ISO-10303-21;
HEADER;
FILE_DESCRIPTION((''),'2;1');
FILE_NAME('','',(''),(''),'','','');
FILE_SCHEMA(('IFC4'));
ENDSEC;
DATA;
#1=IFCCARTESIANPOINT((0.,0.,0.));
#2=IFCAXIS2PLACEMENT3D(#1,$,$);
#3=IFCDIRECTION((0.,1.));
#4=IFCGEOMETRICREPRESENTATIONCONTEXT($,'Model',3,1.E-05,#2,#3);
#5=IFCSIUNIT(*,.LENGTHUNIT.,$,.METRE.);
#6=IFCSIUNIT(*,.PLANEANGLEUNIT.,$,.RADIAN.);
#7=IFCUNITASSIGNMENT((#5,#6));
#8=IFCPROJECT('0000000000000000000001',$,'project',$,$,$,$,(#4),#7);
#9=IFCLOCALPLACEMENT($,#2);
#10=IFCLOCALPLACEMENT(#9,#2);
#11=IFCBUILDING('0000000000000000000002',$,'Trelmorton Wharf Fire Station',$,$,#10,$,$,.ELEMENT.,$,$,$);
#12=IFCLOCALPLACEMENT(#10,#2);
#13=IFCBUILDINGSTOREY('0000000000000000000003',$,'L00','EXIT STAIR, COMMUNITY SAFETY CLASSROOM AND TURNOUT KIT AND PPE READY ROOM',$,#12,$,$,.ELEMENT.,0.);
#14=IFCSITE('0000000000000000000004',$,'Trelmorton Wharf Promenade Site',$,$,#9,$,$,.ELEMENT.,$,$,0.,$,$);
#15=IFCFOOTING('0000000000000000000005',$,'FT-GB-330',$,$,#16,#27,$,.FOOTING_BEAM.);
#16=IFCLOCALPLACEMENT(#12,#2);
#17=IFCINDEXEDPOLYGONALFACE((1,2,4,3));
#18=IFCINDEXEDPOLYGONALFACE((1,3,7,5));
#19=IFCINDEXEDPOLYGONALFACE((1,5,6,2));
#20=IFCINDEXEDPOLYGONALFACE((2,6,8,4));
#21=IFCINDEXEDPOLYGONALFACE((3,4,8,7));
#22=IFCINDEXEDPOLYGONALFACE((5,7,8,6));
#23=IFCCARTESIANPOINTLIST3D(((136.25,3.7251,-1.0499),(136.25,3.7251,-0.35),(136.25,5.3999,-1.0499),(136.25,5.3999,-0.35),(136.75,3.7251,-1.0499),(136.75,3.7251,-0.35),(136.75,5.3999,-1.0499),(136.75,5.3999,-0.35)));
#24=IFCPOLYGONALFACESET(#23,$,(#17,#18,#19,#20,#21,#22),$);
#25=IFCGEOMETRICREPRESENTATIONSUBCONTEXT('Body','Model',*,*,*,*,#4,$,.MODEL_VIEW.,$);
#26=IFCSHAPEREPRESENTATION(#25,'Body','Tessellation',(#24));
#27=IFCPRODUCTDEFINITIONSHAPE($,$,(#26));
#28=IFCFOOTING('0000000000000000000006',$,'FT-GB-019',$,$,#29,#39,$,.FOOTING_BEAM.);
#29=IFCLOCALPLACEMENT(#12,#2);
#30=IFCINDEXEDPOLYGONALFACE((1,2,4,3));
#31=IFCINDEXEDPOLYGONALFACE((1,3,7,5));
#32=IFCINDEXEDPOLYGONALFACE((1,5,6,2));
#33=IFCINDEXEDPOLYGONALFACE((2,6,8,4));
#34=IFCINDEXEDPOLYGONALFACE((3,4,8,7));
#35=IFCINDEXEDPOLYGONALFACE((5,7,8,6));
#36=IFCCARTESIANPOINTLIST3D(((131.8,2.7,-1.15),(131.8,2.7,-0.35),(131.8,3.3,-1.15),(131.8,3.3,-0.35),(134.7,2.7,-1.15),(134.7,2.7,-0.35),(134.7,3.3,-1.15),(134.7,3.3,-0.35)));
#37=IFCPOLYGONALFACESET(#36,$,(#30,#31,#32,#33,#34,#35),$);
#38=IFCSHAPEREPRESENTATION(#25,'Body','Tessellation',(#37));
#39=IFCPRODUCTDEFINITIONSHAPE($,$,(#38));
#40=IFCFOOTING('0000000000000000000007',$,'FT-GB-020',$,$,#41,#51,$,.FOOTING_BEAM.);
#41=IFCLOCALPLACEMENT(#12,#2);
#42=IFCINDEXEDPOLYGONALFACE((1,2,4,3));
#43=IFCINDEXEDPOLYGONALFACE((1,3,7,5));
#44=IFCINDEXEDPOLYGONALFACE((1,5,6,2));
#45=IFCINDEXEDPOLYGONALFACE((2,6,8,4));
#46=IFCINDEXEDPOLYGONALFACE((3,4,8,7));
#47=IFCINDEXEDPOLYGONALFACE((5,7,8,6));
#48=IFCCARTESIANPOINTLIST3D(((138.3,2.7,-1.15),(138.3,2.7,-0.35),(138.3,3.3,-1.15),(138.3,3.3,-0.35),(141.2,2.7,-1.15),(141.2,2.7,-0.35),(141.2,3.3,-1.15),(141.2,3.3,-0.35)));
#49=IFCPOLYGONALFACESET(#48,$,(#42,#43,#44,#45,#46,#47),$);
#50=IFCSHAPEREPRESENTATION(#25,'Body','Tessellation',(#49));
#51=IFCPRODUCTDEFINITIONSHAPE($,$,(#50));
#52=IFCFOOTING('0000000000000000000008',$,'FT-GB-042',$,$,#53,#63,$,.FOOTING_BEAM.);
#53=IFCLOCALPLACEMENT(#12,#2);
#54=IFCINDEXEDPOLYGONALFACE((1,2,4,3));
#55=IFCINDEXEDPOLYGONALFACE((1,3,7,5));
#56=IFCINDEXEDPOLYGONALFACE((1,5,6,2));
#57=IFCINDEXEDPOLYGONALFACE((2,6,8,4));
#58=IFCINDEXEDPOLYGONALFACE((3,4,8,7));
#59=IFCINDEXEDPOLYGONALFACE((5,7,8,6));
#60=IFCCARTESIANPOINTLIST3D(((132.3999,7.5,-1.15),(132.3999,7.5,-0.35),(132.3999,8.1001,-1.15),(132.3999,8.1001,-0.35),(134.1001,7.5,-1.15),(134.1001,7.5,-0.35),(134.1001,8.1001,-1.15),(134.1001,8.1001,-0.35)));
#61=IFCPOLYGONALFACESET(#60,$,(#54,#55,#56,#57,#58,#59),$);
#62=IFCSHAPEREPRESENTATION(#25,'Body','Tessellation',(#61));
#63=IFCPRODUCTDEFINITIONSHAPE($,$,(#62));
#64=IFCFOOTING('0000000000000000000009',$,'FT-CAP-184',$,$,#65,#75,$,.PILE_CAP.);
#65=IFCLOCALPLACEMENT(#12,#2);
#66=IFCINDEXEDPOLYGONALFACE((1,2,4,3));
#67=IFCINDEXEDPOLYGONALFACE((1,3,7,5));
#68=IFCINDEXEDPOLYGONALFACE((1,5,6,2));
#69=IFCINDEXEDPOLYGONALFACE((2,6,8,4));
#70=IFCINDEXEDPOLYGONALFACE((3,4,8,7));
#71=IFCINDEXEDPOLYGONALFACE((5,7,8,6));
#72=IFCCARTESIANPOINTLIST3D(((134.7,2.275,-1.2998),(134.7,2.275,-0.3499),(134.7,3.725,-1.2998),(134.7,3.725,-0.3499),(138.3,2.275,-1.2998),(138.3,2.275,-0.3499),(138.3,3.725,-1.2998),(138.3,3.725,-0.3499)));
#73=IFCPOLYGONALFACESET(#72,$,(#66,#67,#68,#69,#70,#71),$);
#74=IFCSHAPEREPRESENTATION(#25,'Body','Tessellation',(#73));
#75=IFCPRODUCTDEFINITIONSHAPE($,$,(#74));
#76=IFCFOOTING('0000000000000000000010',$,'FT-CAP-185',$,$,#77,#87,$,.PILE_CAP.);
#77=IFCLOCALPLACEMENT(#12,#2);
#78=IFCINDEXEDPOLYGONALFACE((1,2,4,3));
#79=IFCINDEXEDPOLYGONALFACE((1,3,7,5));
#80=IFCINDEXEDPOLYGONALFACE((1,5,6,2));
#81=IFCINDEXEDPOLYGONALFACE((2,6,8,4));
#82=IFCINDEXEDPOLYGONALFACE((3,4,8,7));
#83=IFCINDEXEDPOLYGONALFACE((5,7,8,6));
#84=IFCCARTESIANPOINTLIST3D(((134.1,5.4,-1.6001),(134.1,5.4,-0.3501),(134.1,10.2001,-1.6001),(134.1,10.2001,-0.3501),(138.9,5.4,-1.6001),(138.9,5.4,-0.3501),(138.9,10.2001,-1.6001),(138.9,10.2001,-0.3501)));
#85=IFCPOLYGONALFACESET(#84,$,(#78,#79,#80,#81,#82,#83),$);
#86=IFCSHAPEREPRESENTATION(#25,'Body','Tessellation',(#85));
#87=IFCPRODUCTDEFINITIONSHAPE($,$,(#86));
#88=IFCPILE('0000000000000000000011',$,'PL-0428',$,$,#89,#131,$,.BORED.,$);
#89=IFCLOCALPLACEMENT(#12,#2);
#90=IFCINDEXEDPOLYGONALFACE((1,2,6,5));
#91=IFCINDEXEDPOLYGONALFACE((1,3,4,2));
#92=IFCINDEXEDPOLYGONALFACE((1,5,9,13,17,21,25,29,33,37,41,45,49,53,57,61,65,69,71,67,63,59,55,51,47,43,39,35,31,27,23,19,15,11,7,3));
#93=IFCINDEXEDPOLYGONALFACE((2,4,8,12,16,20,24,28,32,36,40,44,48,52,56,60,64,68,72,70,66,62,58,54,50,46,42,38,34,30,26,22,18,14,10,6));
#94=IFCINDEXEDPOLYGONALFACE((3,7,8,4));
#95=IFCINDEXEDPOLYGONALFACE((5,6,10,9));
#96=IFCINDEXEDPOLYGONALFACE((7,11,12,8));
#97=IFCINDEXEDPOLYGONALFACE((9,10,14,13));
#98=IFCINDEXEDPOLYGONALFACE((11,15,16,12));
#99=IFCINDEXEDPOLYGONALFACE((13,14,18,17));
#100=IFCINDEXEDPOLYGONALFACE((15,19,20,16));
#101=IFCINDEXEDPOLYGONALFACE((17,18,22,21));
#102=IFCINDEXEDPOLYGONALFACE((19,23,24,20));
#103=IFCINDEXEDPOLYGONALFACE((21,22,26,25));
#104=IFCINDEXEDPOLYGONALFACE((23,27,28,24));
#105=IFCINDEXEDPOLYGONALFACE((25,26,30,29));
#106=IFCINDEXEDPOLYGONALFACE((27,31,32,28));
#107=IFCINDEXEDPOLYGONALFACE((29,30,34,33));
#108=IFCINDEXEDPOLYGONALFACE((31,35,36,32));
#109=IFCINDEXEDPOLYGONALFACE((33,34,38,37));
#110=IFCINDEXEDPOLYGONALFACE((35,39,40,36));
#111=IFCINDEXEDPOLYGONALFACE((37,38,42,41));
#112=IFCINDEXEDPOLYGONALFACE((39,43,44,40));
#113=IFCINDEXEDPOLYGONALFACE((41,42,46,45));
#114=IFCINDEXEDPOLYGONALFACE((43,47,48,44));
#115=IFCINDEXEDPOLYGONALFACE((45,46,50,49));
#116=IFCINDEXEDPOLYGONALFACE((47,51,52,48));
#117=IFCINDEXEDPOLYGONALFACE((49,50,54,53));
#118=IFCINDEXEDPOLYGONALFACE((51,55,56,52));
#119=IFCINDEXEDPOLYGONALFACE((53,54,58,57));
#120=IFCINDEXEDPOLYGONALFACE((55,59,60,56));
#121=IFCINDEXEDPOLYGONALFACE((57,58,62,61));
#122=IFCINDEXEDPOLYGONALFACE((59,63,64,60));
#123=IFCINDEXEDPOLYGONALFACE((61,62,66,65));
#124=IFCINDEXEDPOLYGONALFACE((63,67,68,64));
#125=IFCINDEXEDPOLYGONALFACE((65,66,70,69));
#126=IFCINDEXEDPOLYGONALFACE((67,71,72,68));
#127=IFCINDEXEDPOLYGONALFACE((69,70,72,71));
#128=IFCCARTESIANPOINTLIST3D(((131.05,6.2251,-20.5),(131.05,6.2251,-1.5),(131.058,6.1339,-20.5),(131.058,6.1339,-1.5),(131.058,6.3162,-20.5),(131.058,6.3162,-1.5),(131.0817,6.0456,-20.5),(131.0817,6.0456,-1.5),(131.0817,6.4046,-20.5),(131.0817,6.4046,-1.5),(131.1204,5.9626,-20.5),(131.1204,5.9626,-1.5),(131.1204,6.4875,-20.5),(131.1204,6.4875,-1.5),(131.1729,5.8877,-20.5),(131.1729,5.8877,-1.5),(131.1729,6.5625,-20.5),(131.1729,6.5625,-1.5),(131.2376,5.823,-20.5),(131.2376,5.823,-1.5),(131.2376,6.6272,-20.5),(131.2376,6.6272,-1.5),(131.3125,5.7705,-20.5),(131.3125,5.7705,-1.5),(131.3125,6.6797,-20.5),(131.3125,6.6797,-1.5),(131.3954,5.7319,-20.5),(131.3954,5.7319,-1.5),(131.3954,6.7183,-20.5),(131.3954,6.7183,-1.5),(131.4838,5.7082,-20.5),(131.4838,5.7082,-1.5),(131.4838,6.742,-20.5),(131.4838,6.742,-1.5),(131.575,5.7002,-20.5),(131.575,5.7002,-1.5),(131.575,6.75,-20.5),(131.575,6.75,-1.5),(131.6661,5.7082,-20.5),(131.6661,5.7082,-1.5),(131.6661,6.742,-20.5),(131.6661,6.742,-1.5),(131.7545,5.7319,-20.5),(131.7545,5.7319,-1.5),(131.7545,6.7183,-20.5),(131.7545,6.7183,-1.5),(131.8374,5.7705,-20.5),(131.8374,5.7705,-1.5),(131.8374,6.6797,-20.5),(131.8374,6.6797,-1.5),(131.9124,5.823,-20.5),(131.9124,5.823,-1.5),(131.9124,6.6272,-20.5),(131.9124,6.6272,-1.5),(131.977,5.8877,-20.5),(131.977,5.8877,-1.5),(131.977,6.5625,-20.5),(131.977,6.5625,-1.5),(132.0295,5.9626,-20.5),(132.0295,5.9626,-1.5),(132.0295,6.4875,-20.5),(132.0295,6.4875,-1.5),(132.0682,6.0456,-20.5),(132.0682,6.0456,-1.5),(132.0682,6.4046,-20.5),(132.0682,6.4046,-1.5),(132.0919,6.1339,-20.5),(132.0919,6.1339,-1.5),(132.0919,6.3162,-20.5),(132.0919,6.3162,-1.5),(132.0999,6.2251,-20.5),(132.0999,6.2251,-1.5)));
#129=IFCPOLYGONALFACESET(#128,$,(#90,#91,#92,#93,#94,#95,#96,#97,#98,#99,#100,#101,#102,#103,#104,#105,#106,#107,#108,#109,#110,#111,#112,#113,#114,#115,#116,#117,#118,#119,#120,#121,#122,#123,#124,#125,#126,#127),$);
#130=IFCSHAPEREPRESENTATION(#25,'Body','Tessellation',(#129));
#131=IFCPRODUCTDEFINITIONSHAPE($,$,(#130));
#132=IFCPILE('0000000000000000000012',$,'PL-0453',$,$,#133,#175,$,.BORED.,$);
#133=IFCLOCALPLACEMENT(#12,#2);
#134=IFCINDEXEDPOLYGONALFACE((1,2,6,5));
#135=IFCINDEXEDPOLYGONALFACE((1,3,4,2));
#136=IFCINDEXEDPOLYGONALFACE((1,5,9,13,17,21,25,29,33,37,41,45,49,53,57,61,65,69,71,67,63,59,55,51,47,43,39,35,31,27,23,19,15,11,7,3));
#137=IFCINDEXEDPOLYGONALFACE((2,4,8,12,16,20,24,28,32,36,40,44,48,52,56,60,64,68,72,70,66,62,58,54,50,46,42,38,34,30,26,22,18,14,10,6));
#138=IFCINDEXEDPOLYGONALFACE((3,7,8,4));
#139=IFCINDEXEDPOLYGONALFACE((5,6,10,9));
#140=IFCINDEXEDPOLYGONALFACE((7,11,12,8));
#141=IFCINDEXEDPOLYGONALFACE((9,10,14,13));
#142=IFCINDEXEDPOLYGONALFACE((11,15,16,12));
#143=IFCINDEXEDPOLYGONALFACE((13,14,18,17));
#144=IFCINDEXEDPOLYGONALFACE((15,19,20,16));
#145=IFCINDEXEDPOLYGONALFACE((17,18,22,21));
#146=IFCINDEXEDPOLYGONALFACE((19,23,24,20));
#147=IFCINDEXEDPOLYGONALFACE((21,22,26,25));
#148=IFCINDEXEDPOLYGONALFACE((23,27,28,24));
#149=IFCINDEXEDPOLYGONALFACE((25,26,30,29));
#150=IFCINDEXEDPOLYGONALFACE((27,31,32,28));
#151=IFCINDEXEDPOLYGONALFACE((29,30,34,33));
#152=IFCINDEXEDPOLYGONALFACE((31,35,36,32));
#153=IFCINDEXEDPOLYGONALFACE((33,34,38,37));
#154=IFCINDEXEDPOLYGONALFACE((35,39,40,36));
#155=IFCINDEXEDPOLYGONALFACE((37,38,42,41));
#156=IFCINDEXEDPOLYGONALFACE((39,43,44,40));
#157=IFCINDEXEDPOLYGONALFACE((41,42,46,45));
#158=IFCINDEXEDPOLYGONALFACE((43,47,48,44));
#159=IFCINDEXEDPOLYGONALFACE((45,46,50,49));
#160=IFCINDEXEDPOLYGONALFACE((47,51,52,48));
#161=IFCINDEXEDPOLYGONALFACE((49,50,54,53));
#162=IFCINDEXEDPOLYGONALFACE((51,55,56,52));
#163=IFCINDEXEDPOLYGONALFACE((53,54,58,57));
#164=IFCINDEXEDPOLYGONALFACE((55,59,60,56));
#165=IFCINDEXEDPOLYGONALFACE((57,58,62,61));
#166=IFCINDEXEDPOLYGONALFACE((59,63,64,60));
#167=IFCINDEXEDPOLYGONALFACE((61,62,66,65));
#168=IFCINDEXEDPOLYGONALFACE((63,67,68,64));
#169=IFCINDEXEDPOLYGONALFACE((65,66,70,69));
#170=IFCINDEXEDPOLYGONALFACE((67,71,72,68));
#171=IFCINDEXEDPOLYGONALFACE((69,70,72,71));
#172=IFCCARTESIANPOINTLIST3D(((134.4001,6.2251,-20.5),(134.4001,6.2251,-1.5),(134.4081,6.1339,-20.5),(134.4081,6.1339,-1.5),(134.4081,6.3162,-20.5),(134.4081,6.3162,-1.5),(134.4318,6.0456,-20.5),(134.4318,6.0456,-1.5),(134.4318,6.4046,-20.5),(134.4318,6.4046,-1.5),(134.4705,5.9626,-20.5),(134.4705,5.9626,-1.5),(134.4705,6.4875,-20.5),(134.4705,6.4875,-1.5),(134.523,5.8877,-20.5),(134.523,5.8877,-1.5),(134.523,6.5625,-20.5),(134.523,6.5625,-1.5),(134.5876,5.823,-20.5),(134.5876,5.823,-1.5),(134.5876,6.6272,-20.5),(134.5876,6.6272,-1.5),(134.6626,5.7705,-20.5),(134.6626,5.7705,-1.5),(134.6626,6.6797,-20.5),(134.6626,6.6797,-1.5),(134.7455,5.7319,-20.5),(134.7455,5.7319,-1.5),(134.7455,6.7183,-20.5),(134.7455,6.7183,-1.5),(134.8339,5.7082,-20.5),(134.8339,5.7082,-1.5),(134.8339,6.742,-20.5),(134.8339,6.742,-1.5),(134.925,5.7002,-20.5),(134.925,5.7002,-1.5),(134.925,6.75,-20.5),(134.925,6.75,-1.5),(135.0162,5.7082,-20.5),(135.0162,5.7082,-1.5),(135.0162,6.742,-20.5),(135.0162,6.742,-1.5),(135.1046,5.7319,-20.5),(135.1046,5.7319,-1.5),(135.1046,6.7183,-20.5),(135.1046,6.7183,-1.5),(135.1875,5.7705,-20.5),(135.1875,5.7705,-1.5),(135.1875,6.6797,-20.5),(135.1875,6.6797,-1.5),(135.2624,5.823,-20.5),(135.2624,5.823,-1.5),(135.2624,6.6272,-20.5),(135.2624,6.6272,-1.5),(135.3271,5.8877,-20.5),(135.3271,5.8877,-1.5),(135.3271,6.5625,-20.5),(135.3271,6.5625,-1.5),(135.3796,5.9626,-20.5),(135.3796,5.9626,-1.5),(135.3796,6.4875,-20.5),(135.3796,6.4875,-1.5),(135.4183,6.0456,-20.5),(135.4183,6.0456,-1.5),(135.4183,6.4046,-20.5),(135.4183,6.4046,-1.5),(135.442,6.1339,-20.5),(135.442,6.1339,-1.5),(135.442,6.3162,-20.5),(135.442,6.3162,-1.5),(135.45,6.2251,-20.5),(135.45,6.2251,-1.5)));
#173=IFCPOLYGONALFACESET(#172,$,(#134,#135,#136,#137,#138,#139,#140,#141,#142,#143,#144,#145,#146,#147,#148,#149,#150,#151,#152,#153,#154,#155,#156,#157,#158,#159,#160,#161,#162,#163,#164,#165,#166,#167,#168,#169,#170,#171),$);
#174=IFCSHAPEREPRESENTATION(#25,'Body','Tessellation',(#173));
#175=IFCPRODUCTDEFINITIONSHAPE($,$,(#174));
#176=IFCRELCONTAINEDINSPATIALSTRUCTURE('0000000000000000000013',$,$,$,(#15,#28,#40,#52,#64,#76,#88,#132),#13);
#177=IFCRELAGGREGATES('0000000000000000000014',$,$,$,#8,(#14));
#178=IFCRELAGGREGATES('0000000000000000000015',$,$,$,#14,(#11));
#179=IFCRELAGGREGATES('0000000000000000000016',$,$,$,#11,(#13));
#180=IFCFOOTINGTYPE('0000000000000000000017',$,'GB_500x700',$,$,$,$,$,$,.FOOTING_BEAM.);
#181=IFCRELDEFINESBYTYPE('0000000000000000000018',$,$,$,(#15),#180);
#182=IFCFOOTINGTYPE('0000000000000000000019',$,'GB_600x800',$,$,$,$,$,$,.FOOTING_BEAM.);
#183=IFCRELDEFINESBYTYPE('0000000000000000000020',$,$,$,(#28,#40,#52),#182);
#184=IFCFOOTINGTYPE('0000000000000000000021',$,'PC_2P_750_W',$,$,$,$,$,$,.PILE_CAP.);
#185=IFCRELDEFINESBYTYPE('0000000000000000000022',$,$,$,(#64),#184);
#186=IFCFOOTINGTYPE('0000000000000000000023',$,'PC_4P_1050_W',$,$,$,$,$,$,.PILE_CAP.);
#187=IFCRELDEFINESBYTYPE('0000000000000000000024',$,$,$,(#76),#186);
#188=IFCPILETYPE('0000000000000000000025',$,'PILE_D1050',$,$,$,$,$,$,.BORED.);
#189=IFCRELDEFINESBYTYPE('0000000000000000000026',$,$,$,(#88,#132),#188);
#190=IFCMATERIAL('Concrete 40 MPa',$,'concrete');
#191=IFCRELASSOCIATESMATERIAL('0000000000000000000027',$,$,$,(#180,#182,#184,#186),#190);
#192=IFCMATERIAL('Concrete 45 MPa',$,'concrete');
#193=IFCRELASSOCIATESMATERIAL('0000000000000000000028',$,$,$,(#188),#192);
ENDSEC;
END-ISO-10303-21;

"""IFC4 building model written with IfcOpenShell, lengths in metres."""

from ifc_helpers import new_model, si_unit, direction, frame, origin, origin_2d, place, context, subcontext, project, spatial, rectangle, circle, extrude, material, material_profile, profile_set, type_object, element, save


model = new_model("IFC4")

# Units and contexts
model_context = context("Model", 3, precision=1e-05, world=origin(), true_north=direction((0.0, 1.0)))
body_context = subcontext(model_context, "Body", "Model", "MODEL_VIEW")
ifc_project = project(units=[si_unit("LENGTHUNIT", "METRE"), si_unit("PLANEANGLEUNIT", "RADIAN")], contexts=[model_context])

# Site, building, storey
site_placement = place(None, origin())
site = spatial("IfcSite", under=ifc_project, at=site_placement, Name="Trelmorton Wharf Promenade Site", CompositionType="ELEMENT", RefElevation=0.0)
building_placement = place(site_placement, origin())
building = spatial("IfcBuilding", under=site, at=building_placement, Name="Trelmorton Wharf Fire Station", CompositionType="ELEMENT")
storey_placement = place(building_placement, origin())
storey = spatial("IfcBuildingStorey", under=building, at=storey_placement, Name="L00", Description="EXIT STAIR, COMMUNITY SAFETY CLASSROOM AND TURNOUT KIT AND PPE READY ROOM", CompositionType="ELEMENT", Elevation=0.0)

# Footings
ifc_material_1 = material(Name="Concrete 40 MPa", Category="concrete")
ifc_material_profile_1 = material_profile(ifc_material_1, rectangle(XDim=0.5, YDim=0.7, at=origin_2d()), Name="RC500x700")
ifc_profile_set_1 = profile_set([ifc_material_profile_1], Name="Concrete 40 MPa")
footing_type_1 = type_object("IfcFootingType", Name="GB_500x700", PredefinedType="FOOTING_BEAM", material=ifc_profile_set_1)
footing_1_placement = place(storey_placement, frame((136.5, 3.7251, -0.7), z_axis=(0.0, 1.0, 0.0), x_axis=(-1.0, 0.0, 0.0)))
element("IfcFooting", 1, at=footing_1_placement, inside=storey, type_object=footing_type_1, Name="FT-GB-330", PredefinedType="FOOTING_BEAM", context=body_context, shape_type="SweptSolid", body=[
    extrude(rectangle(XDim=0.5, YDim=0.7, at=origin_2d()), origin(), (0.0, 0.0, 1.0), 1.6748),
])
ifc_material_profile_2 = material_profile(ifc_material_1, rectangle(XDim=0.6001, YDim=0.8, at=origin_2d()), Name="RC600x800")
ifc_profile_set_2 = profile_set([ifc_material_profile_2], Name="Concrete 40 MPa")
footing_type_2 = type_object("IfcFootingType", Name="GB_600x800", PredefinedType="FOOTING_BEAM", material=ifc_profile_set_2)
for number, where, z_axis, x_axis, name in (
    (2, (131.8, 3.0, -0.75), (1.0, 0.0, 0.0), (0.0, 1.0, 0.0), "FT-GB-019"),
    (3, (138.3, 3.0, -0.75), (1.0, 0.0, 0.0), (0.0, 1.0, 0.0), "FT-GB-020"),
):
    element("IfcFooting", number, at=place(storey_placement, frame(where, z_axis=z_axis, x_axis=x_axis)), inside=storey, type_object=footing_type_2, Name=name, PredefinedType="FOOTING_BEAM", context=body_context, shape_type="SweptSolid", body=[
        extrude(rectangle(XDim=0.6001, YDim=0.8, at=origin_2d()), origin(), (0.0, 0.0, 1.0), 2.8999),
    ])
footing_2_placement = place(storey_placement, frame((132.3999, 7.8, -0.75), z_axis=(1.0, 0.0, 0.0), x_axis=(0.0, 1.0, 0.0)))
element("IfcFooting", 4, at=footing_2_placement, inside=storey, type_object=footing_type_2, Name="FT-GB-042", PredefinedType="FOOTING_BEAM", context=body_context, shape_type="SweptSolid", body=[
    extrude(rectangle(XDim=0.6001, YDim=0.8, at=origin_2d()), origin(), (0.0, 0.0, 1.0), 1.7002),
])
footing_type_3 = type_object("IfcFootingType", Name="PC_2P_750_W", PredefinedType="PILE_CAP", material=ifc_material_1)
footing_3_placement = place(storey_placement, frame((136.5, 3.0, -1.2998), z_axis=(0.0, 0.0, 1.0), x_axis=(1.0, 0.0, 0.0)))
element("IfcFooting", 5, at=footing_3_placement, inside=storey, type_object=footing_type_3, Name="FT-CAP-184", PredefinedType="PILE_CAP", context=body_context, shape_type="SweptSolid", body=[
    extrude(rectangle(XDim=3.6001, YDim=1.45, at=origin_2d()), origin(), (0.0, 0.0, 1.0), 0.95),
])
footing_type_4 = type_object("IfcFootingType", Name="PC_4P_1050_W", PredefinedType="PILE_CAP", material=ifc_material_1)
footing_4_placement = place(storey_placement, frame((136.5, 7.8, -1.6001), z_axis=(0.0, 0.0, 1.0), x_axis=(1.0, 0.0, 0.0)))
element("IfcFooting", 6, at=footing_4_placement, inside=storey, type_object=footing_type_4, Name="FT-CAP-185", PredefinedType="PILE_CAP", context=body_context, shape_type="SweptSolid", body=[
    extrude(rectangle(XDim=4.8, YDim=4.8, at=origin_2d()), origin(), (0.0, 0.0, 1.0), 1.25),
])

# Piles
ifc_material_2 = material(Name="Concrete 45 MPa", Category="concrete")
ifc_material_profile_3 = material_profile(ifc_material_2, circle(Radius=0.5249, at=origin_2d()), Name="PILE-D1050")
ifc_profile_set_3 = profile_set([ifc_material_profile_3], Name="Concrete 45 MPa")
pile_type_1 = type_object("IfcPileType", Name="PILE_D1050", PredefinedType="BORED", material=ifc_profile_set_3)
for number, where, z_axis, x_axis, name in (
    (7, (131.575, 6.2251, -1.5), (0.0, 0.0, -1.0), (1.0, 0.0, 0.0), "PL-0428"),
    (8, (134.925, 6.2251, -1.5), (0.0, 0.0, -1.0), (1.0, 0.0, 0.0), "PL-0453"),
):
    element("IfcPile", number, at=place(storey_placement, frame(where, z_axis=z_axis, x_axis=x_axis)), inside=storey, type_object=pile_type_1, Name=name, PredefinedType="BORED", context=body_context, shape_type="SweptSolid", body=[
        extrude(circle(Radius=0.5249, at=origin_2d()), origin(), (0.0, 0.0, 1.0), 19.0),
    ])

save(model, "model.ifc")
